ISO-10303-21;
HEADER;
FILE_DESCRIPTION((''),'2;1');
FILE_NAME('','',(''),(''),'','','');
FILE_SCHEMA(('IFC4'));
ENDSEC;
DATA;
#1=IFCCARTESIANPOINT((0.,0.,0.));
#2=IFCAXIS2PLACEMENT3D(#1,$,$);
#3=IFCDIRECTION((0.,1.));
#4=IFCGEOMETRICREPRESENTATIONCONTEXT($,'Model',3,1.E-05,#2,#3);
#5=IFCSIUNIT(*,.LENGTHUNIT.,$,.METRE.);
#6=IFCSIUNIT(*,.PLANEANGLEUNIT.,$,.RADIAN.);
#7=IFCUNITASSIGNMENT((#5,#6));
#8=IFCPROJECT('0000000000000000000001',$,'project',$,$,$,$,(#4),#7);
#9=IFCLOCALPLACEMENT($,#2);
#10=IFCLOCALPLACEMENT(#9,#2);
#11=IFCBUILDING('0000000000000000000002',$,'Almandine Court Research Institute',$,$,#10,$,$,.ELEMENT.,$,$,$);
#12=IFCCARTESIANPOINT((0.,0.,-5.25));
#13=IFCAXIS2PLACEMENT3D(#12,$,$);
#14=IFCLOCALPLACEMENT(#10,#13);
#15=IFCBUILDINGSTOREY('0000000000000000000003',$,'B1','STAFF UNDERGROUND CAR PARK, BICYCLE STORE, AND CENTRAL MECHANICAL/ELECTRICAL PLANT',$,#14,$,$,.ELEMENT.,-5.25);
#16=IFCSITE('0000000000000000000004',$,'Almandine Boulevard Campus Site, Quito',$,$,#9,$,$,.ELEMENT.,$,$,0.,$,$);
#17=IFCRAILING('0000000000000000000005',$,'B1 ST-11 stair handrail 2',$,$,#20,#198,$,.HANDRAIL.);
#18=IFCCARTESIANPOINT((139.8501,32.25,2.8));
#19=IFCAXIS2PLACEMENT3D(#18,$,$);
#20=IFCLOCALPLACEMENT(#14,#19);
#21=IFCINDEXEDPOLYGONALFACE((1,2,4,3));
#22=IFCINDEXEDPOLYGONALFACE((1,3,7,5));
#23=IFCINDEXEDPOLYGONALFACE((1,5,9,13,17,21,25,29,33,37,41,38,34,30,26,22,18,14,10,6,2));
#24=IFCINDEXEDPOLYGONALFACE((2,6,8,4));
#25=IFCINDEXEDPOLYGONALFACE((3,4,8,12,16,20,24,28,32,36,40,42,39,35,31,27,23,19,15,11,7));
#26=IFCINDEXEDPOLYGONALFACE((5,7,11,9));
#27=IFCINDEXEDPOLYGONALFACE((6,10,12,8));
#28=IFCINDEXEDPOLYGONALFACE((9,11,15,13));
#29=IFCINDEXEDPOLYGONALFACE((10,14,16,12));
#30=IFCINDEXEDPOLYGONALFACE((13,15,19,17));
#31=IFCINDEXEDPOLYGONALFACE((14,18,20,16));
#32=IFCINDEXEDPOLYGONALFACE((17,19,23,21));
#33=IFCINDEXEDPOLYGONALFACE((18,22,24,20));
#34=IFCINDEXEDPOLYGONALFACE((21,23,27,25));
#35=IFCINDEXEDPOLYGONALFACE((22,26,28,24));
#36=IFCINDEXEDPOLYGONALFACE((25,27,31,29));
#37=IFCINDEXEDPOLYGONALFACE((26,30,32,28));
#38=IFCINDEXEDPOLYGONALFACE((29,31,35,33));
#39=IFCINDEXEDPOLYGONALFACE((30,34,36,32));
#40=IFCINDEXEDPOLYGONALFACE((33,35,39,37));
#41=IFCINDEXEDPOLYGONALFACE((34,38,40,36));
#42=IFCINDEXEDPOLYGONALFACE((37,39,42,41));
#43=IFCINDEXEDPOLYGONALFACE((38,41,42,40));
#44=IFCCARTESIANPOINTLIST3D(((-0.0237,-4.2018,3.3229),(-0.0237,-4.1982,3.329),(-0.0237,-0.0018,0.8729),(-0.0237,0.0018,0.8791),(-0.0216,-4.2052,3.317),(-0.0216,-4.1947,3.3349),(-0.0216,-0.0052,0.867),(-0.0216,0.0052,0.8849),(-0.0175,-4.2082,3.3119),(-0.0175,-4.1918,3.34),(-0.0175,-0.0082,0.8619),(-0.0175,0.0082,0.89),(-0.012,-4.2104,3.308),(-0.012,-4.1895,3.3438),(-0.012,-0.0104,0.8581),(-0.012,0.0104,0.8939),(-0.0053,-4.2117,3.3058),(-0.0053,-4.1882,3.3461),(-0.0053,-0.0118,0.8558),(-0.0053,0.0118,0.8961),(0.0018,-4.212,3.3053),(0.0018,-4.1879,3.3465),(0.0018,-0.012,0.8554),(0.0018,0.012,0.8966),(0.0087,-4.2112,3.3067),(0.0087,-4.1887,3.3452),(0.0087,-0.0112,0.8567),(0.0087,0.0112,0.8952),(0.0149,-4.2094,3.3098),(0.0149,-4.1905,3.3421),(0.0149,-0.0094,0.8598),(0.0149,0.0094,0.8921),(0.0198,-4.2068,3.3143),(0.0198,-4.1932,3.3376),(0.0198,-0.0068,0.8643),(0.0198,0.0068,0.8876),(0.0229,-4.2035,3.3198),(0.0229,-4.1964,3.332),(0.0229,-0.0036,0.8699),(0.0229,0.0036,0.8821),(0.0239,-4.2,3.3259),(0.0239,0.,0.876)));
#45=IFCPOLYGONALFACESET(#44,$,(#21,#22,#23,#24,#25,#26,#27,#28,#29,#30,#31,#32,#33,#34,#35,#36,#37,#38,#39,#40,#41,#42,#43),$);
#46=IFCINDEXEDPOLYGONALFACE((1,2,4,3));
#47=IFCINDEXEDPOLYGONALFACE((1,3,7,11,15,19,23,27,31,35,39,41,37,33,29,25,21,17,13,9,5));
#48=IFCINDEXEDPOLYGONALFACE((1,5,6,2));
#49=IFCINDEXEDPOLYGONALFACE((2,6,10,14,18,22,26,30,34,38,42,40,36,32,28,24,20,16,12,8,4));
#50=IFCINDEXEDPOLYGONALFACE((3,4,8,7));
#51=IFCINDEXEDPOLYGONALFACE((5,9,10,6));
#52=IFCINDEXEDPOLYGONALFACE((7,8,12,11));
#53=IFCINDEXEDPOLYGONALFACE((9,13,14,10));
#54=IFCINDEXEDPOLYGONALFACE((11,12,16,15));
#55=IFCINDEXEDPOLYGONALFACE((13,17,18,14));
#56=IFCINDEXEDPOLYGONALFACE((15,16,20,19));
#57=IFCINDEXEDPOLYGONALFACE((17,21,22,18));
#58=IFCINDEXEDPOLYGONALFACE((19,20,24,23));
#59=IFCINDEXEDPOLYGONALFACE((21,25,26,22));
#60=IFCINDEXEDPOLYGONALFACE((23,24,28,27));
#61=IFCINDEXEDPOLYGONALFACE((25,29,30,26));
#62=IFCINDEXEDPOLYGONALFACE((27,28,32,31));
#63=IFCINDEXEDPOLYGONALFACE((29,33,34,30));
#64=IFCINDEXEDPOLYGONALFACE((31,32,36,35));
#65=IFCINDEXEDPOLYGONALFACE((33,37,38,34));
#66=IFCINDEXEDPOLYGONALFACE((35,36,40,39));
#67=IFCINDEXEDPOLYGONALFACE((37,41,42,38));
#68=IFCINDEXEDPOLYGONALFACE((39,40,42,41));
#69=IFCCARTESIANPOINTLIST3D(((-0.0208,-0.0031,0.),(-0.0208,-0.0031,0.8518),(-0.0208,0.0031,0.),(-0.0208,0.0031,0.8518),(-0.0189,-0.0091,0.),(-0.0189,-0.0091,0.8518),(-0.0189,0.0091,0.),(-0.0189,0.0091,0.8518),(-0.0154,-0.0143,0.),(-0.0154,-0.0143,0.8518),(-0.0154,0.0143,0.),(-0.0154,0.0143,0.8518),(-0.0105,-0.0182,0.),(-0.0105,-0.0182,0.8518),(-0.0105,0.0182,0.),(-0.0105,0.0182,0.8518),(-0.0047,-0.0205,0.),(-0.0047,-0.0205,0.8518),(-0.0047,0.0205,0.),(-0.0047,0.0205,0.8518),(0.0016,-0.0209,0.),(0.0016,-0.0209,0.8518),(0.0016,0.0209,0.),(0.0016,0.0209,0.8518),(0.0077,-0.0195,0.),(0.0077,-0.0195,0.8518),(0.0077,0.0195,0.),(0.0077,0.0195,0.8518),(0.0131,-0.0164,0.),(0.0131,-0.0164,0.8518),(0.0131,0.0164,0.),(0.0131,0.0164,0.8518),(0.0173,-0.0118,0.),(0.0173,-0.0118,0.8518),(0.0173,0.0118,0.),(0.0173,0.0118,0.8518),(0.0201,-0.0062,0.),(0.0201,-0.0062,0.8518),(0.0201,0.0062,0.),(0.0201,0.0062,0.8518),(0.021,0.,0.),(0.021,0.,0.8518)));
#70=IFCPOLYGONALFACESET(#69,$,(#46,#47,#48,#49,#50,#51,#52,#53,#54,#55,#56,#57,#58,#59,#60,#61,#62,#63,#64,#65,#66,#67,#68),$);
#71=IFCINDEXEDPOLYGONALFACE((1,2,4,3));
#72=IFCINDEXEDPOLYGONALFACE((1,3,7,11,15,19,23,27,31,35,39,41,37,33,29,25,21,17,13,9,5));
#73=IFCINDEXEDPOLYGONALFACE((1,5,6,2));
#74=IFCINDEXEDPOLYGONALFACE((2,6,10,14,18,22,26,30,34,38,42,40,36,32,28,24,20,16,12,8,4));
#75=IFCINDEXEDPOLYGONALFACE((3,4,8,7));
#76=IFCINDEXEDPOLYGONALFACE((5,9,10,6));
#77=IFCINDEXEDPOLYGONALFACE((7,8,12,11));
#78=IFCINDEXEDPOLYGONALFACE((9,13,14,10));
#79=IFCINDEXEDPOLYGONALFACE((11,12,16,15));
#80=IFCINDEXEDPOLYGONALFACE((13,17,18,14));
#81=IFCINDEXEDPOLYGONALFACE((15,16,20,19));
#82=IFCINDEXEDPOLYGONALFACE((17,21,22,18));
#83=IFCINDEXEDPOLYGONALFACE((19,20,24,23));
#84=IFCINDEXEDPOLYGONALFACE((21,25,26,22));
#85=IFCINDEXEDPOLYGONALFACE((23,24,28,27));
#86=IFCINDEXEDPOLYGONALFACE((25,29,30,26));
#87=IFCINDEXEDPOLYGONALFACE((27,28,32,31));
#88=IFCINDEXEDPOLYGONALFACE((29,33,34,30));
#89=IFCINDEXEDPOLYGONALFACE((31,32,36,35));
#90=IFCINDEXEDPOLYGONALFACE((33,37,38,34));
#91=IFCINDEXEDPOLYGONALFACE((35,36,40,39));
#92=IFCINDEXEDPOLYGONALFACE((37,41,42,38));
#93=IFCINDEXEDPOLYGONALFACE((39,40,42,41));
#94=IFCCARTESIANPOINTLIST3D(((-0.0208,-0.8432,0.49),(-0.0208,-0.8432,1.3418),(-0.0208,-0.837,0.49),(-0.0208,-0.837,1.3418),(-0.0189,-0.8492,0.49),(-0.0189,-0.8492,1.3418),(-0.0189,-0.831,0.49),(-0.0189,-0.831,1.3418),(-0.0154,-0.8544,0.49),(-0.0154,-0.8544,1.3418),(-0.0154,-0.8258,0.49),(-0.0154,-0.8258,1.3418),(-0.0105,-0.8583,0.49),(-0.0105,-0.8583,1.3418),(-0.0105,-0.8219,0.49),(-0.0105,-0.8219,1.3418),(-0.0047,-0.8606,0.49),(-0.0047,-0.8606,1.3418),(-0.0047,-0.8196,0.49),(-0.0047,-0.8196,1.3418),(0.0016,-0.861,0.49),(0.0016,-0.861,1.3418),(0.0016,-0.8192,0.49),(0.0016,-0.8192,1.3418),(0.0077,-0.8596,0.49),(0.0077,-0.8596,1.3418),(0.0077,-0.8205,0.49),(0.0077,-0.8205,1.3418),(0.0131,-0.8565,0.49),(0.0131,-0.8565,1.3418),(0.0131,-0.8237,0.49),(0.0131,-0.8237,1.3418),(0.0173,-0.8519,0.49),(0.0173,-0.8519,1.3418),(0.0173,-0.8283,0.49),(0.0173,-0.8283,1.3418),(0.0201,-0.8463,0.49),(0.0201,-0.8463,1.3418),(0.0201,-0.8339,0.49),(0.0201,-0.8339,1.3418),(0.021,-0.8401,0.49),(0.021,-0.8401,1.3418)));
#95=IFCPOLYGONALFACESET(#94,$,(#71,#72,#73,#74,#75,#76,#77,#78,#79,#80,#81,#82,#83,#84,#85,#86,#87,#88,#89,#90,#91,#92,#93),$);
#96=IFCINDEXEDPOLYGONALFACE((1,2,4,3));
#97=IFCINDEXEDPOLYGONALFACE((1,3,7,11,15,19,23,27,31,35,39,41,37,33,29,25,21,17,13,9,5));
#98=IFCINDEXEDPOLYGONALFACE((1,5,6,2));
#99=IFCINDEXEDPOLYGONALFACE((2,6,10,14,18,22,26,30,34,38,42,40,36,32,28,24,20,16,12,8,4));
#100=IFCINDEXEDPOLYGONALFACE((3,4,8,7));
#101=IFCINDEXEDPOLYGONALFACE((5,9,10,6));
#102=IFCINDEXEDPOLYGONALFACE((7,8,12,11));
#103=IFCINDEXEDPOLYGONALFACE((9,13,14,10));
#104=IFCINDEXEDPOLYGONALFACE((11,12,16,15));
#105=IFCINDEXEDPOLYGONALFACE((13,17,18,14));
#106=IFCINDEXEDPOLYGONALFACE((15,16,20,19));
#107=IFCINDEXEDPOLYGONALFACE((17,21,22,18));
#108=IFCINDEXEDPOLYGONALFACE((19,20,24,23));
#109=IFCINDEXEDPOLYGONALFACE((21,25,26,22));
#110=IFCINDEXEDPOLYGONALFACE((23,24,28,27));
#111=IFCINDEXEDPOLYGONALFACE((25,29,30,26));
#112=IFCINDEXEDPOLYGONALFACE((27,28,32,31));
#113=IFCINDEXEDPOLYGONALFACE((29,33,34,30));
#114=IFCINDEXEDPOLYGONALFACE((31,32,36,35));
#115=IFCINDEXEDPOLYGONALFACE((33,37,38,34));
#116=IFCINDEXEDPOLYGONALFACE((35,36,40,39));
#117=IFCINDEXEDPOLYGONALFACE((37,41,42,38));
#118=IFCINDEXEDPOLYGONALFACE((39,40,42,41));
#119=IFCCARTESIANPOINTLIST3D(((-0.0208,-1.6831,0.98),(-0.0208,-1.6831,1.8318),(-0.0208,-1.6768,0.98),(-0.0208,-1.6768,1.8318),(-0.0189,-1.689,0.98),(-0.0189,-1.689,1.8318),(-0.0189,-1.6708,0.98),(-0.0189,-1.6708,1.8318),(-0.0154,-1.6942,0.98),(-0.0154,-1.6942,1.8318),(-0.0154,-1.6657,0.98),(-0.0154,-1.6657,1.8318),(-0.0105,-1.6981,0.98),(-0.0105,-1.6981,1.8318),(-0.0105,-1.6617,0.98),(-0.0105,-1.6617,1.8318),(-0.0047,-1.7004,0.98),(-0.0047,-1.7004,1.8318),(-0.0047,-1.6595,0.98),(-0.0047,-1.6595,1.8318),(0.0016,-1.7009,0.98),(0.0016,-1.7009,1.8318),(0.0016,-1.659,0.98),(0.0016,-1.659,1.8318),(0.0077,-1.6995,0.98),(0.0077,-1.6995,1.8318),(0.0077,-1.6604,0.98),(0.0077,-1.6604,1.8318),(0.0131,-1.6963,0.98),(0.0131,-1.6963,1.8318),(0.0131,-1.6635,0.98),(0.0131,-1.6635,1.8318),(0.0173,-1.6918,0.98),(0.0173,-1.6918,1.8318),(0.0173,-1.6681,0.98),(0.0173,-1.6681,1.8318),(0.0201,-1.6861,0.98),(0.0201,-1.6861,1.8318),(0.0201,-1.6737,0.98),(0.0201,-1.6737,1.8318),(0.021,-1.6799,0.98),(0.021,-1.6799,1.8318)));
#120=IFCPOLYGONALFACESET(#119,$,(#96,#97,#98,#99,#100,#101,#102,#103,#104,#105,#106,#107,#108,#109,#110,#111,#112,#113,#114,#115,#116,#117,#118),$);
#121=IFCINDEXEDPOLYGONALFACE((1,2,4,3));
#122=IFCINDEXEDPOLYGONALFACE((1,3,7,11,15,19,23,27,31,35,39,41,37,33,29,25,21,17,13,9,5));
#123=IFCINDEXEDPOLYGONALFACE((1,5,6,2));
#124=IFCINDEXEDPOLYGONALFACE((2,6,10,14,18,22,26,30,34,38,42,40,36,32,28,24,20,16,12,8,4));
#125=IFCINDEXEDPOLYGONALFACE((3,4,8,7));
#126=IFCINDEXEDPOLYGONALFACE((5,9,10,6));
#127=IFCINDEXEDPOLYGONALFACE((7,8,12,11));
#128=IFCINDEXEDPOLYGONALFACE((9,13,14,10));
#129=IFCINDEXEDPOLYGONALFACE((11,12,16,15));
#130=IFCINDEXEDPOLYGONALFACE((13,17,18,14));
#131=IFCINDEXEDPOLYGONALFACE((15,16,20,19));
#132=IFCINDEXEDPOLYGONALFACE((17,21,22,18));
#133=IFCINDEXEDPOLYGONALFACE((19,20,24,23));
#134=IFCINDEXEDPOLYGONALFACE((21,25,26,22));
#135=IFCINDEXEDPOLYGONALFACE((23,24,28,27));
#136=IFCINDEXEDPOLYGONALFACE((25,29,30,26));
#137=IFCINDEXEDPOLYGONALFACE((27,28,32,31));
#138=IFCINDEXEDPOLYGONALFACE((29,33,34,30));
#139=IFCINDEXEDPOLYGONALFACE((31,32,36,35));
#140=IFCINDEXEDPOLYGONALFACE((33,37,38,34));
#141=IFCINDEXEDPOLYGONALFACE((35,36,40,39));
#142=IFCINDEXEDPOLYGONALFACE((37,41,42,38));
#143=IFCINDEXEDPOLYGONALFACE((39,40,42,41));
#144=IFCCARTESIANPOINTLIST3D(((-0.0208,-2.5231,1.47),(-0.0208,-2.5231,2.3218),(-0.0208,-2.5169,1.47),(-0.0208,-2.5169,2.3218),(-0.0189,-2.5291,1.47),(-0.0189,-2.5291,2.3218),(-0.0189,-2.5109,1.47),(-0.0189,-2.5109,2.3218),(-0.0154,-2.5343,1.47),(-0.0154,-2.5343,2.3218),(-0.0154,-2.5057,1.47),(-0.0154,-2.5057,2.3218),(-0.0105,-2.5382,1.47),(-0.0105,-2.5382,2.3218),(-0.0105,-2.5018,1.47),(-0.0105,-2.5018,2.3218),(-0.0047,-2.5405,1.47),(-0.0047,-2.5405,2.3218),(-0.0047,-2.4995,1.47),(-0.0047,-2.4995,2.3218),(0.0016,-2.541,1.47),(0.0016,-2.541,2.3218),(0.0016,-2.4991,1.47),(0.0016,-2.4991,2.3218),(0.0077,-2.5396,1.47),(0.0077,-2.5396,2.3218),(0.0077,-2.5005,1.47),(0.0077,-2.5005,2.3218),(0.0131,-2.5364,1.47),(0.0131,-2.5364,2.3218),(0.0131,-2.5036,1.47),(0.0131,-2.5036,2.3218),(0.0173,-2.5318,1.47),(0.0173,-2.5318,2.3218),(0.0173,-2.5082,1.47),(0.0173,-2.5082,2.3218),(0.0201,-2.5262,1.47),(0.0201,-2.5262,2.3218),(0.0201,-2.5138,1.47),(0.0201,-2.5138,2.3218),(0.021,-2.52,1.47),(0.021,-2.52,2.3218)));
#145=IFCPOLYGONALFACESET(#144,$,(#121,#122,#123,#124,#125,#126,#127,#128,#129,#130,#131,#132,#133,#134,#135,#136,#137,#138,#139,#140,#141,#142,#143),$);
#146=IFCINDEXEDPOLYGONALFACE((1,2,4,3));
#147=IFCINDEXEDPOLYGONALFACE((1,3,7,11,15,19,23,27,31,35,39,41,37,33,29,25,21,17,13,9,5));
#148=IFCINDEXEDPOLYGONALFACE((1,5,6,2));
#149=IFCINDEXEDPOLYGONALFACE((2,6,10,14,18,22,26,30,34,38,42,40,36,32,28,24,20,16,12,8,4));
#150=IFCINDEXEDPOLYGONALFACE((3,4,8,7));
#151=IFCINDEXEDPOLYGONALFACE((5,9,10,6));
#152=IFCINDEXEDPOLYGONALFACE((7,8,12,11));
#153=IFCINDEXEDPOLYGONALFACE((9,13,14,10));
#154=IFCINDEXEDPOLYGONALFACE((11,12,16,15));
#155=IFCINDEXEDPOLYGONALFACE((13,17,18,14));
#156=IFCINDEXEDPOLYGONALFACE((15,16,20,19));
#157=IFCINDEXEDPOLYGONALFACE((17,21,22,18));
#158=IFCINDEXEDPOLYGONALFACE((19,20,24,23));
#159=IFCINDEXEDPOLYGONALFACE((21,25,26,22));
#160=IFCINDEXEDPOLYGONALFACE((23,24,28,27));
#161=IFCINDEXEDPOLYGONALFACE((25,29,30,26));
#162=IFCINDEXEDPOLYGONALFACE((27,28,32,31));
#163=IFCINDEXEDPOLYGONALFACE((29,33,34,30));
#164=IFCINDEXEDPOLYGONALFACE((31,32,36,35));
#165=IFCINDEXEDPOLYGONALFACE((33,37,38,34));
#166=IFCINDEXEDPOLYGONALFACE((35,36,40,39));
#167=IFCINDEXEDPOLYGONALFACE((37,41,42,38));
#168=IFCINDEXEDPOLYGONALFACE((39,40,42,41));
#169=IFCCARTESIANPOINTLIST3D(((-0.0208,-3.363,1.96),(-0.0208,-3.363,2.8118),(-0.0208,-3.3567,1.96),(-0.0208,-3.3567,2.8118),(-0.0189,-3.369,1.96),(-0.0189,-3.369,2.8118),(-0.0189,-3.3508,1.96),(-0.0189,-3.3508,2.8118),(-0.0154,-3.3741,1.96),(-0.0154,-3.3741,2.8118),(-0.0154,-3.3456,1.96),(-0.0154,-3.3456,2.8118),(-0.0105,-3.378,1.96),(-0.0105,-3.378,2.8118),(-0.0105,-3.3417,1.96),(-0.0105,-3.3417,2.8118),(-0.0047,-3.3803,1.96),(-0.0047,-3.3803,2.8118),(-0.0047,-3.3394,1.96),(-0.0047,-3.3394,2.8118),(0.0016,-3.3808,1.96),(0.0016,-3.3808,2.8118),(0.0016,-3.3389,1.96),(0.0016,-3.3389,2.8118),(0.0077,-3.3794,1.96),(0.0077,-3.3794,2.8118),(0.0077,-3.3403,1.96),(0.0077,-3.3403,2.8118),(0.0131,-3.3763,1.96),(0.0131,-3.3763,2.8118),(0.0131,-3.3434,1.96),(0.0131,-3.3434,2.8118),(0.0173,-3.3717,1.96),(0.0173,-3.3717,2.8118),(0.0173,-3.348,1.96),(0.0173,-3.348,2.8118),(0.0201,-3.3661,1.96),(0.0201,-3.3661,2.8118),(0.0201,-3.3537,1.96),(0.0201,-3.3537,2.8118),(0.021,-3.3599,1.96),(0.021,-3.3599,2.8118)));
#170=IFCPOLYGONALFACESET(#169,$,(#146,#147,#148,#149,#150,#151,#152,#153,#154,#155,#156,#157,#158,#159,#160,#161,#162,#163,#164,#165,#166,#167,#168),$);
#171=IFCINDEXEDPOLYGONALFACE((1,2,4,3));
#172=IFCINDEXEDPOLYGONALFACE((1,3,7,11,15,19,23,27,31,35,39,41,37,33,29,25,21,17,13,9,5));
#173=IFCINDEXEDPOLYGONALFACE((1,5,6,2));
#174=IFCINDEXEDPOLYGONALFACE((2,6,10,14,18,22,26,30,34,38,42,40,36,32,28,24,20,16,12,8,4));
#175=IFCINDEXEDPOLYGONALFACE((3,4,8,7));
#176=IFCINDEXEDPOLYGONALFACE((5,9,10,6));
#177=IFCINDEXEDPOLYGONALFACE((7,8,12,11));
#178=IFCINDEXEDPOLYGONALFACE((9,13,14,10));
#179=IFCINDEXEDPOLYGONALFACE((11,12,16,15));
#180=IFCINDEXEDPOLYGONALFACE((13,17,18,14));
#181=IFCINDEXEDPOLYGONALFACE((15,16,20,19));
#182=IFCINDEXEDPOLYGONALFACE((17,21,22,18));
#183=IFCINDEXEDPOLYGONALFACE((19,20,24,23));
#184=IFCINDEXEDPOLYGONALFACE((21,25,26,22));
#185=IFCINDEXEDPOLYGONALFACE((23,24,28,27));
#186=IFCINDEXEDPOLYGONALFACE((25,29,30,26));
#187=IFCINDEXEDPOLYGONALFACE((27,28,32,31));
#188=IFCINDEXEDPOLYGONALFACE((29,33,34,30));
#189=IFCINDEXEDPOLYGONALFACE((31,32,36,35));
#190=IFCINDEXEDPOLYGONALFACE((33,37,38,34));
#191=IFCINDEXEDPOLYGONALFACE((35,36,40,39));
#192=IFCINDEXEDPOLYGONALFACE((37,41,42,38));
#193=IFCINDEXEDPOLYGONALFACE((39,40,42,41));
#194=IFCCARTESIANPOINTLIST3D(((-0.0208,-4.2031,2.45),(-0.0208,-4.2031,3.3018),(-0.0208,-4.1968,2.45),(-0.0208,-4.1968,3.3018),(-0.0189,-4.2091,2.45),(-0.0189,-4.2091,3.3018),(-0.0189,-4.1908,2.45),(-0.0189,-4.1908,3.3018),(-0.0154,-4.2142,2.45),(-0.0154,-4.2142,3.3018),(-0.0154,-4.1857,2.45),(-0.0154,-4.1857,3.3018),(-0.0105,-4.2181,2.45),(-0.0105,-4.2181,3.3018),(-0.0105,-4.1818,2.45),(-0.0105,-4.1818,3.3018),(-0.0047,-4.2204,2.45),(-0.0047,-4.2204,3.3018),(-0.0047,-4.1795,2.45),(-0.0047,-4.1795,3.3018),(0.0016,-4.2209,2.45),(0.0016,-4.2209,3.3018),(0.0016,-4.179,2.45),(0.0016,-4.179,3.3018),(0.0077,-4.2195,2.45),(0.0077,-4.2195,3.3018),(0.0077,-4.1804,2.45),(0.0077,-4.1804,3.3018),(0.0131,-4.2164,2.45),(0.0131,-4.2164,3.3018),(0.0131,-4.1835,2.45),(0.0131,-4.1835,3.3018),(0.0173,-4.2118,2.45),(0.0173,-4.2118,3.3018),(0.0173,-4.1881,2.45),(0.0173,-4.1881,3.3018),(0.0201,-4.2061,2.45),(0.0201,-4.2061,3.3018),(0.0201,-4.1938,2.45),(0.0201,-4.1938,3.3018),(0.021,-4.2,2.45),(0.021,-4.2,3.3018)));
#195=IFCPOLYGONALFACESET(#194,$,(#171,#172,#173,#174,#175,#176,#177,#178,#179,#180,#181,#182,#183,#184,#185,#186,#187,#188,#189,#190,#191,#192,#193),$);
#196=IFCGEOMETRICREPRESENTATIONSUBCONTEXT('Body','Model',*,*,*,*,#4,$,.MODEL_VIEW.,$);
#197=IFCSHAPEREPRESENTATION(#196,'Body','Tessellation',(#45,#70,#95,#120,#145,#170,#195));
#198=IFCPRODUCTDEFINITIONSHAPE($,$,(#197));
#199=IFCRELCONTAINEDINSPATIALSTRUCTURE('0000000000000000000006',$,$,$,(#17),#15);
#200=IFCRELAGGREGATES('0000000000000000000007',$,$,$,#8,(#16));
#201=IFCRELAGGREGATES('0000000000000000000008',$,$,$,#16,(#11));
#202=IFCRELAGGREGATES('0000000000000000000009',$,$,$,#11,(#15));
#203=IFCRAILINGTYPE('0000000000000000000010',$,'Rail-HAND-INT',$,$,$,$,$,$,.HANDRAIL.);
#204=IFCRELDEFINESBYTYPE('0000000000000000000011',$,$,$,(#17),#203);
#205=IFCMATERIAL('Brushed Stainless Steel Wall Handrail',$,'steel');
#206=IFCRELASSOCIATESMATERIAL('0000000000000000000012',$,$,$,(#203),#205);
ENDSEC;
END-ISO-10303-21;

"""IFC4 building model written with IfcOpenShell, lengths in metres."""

from ifc_helpers import new_model, si_unit, direction, frame, origin, origin_2d, place, context, subcontext, project, spatial, circle, extrude, material, type_object, element, save


model = new_model("IFC4")

# Units and contexts
model_context = context("Model", 3, precision=1e-05, world=origin(), true_north=direction((0.0, 1.0)))
body_context = subcontext(model_context, "Body", "Model", "MODEL_VIEW")
ifc_project = project(units=[si_unit("LENGTHUNIT", "METRE"), si_unit("PLANEANGLEUNIT", "RADIAN")], contexts=[model_context])

# Site, building, storey
site_placement = place(None, origin())
site = spatial("IfcSite", under=ifc_project, at=site_placement, Name="Almandine Boulevard Campus Site, Quito", CompositionType="ELEMENT", RefElevation=0.0)
building_placement = place(site_placement, origin())
building = spatial("IfcBuilding", under=site, at=building_placement, Name="Almandine Court Research Institute", CompositionType="ELEMENT")
storey_placement = place(building_placement, frame((0.0, 0.0, -5.25)))
storey = spatial("IfcBuildingStorey", under=building, at=storey_placement, Name="B1", Description="STAFF UNDERGROUND CAR PARK, BICYCLE STORE, AND CENTRAL MECHANICAL/ELECTRICAL PLANT", CompositionType="ELEMENT", Elevation=-5.25)

# Railing
ifc_material_1 = material(Name="Brushed Stainless Steel Wall Handrail", Category="steel")
railing_type_1 = type_object("IfcRailingType", Name="Rail-HAND-INT", PredefinedType="HANDRAIL", material=ifc_material_1)
railing_1_placement = place(storey_placement, frame((139.8501, 32.25, 2.8)))
element("IfcRailing", 1, at=railing_1_placement, inside=storey, type_object=railing_type_1, Name="B1 ST-11 stair handrail 2", PredefinedType="HANDRAIL", context=body_context, shape_type="SweptSolid", body=[
    extrude(circle(Radius=0.0239, at=origin_2d()), frame((0.0, 0.0, 0.876), z_axis=(0.0, -0.863781, 0.503868), x_axis=(1.0, 0.0, 0.0)), (0.0, 0.0, 1.0), 4.8623),
    extrude(circle(Radius=0.021, at=origin_2d()), origin(), (0.0, 0.0, 1.0), 0.8518),
    extrude(circle(Radius=0.021, at=origin_2d()), frame((0.0, -0.8401, 0.49)), (0.0, 0.0, 1.0), 0.8518),
    extrude(circle(Radius=0.021, at=origin_2d()), frame((0.0, -1.6799, 0.98)), (0.0, 0.0, 1.0), 0.8518),
    extrude(circle(Radius=0.021, at=origin_2d()), frame((0.0, -2.52, 1.47)), (0.0, 0.0, 1.0), 0.8518),
    extrude(circle(Radius=0.021, at=origin_2d()), frame((0.0, -3.3599, 1.96)), (0.0, 0.0, 1.0), 0.8518),
    extrude(circle(Radius=0.021, at=origin_2d()), frame((0.0, -4.2, 2.45)), (0.0, 0.0, 1.0), 0.8518),
])

save(model, "model.ifc")
